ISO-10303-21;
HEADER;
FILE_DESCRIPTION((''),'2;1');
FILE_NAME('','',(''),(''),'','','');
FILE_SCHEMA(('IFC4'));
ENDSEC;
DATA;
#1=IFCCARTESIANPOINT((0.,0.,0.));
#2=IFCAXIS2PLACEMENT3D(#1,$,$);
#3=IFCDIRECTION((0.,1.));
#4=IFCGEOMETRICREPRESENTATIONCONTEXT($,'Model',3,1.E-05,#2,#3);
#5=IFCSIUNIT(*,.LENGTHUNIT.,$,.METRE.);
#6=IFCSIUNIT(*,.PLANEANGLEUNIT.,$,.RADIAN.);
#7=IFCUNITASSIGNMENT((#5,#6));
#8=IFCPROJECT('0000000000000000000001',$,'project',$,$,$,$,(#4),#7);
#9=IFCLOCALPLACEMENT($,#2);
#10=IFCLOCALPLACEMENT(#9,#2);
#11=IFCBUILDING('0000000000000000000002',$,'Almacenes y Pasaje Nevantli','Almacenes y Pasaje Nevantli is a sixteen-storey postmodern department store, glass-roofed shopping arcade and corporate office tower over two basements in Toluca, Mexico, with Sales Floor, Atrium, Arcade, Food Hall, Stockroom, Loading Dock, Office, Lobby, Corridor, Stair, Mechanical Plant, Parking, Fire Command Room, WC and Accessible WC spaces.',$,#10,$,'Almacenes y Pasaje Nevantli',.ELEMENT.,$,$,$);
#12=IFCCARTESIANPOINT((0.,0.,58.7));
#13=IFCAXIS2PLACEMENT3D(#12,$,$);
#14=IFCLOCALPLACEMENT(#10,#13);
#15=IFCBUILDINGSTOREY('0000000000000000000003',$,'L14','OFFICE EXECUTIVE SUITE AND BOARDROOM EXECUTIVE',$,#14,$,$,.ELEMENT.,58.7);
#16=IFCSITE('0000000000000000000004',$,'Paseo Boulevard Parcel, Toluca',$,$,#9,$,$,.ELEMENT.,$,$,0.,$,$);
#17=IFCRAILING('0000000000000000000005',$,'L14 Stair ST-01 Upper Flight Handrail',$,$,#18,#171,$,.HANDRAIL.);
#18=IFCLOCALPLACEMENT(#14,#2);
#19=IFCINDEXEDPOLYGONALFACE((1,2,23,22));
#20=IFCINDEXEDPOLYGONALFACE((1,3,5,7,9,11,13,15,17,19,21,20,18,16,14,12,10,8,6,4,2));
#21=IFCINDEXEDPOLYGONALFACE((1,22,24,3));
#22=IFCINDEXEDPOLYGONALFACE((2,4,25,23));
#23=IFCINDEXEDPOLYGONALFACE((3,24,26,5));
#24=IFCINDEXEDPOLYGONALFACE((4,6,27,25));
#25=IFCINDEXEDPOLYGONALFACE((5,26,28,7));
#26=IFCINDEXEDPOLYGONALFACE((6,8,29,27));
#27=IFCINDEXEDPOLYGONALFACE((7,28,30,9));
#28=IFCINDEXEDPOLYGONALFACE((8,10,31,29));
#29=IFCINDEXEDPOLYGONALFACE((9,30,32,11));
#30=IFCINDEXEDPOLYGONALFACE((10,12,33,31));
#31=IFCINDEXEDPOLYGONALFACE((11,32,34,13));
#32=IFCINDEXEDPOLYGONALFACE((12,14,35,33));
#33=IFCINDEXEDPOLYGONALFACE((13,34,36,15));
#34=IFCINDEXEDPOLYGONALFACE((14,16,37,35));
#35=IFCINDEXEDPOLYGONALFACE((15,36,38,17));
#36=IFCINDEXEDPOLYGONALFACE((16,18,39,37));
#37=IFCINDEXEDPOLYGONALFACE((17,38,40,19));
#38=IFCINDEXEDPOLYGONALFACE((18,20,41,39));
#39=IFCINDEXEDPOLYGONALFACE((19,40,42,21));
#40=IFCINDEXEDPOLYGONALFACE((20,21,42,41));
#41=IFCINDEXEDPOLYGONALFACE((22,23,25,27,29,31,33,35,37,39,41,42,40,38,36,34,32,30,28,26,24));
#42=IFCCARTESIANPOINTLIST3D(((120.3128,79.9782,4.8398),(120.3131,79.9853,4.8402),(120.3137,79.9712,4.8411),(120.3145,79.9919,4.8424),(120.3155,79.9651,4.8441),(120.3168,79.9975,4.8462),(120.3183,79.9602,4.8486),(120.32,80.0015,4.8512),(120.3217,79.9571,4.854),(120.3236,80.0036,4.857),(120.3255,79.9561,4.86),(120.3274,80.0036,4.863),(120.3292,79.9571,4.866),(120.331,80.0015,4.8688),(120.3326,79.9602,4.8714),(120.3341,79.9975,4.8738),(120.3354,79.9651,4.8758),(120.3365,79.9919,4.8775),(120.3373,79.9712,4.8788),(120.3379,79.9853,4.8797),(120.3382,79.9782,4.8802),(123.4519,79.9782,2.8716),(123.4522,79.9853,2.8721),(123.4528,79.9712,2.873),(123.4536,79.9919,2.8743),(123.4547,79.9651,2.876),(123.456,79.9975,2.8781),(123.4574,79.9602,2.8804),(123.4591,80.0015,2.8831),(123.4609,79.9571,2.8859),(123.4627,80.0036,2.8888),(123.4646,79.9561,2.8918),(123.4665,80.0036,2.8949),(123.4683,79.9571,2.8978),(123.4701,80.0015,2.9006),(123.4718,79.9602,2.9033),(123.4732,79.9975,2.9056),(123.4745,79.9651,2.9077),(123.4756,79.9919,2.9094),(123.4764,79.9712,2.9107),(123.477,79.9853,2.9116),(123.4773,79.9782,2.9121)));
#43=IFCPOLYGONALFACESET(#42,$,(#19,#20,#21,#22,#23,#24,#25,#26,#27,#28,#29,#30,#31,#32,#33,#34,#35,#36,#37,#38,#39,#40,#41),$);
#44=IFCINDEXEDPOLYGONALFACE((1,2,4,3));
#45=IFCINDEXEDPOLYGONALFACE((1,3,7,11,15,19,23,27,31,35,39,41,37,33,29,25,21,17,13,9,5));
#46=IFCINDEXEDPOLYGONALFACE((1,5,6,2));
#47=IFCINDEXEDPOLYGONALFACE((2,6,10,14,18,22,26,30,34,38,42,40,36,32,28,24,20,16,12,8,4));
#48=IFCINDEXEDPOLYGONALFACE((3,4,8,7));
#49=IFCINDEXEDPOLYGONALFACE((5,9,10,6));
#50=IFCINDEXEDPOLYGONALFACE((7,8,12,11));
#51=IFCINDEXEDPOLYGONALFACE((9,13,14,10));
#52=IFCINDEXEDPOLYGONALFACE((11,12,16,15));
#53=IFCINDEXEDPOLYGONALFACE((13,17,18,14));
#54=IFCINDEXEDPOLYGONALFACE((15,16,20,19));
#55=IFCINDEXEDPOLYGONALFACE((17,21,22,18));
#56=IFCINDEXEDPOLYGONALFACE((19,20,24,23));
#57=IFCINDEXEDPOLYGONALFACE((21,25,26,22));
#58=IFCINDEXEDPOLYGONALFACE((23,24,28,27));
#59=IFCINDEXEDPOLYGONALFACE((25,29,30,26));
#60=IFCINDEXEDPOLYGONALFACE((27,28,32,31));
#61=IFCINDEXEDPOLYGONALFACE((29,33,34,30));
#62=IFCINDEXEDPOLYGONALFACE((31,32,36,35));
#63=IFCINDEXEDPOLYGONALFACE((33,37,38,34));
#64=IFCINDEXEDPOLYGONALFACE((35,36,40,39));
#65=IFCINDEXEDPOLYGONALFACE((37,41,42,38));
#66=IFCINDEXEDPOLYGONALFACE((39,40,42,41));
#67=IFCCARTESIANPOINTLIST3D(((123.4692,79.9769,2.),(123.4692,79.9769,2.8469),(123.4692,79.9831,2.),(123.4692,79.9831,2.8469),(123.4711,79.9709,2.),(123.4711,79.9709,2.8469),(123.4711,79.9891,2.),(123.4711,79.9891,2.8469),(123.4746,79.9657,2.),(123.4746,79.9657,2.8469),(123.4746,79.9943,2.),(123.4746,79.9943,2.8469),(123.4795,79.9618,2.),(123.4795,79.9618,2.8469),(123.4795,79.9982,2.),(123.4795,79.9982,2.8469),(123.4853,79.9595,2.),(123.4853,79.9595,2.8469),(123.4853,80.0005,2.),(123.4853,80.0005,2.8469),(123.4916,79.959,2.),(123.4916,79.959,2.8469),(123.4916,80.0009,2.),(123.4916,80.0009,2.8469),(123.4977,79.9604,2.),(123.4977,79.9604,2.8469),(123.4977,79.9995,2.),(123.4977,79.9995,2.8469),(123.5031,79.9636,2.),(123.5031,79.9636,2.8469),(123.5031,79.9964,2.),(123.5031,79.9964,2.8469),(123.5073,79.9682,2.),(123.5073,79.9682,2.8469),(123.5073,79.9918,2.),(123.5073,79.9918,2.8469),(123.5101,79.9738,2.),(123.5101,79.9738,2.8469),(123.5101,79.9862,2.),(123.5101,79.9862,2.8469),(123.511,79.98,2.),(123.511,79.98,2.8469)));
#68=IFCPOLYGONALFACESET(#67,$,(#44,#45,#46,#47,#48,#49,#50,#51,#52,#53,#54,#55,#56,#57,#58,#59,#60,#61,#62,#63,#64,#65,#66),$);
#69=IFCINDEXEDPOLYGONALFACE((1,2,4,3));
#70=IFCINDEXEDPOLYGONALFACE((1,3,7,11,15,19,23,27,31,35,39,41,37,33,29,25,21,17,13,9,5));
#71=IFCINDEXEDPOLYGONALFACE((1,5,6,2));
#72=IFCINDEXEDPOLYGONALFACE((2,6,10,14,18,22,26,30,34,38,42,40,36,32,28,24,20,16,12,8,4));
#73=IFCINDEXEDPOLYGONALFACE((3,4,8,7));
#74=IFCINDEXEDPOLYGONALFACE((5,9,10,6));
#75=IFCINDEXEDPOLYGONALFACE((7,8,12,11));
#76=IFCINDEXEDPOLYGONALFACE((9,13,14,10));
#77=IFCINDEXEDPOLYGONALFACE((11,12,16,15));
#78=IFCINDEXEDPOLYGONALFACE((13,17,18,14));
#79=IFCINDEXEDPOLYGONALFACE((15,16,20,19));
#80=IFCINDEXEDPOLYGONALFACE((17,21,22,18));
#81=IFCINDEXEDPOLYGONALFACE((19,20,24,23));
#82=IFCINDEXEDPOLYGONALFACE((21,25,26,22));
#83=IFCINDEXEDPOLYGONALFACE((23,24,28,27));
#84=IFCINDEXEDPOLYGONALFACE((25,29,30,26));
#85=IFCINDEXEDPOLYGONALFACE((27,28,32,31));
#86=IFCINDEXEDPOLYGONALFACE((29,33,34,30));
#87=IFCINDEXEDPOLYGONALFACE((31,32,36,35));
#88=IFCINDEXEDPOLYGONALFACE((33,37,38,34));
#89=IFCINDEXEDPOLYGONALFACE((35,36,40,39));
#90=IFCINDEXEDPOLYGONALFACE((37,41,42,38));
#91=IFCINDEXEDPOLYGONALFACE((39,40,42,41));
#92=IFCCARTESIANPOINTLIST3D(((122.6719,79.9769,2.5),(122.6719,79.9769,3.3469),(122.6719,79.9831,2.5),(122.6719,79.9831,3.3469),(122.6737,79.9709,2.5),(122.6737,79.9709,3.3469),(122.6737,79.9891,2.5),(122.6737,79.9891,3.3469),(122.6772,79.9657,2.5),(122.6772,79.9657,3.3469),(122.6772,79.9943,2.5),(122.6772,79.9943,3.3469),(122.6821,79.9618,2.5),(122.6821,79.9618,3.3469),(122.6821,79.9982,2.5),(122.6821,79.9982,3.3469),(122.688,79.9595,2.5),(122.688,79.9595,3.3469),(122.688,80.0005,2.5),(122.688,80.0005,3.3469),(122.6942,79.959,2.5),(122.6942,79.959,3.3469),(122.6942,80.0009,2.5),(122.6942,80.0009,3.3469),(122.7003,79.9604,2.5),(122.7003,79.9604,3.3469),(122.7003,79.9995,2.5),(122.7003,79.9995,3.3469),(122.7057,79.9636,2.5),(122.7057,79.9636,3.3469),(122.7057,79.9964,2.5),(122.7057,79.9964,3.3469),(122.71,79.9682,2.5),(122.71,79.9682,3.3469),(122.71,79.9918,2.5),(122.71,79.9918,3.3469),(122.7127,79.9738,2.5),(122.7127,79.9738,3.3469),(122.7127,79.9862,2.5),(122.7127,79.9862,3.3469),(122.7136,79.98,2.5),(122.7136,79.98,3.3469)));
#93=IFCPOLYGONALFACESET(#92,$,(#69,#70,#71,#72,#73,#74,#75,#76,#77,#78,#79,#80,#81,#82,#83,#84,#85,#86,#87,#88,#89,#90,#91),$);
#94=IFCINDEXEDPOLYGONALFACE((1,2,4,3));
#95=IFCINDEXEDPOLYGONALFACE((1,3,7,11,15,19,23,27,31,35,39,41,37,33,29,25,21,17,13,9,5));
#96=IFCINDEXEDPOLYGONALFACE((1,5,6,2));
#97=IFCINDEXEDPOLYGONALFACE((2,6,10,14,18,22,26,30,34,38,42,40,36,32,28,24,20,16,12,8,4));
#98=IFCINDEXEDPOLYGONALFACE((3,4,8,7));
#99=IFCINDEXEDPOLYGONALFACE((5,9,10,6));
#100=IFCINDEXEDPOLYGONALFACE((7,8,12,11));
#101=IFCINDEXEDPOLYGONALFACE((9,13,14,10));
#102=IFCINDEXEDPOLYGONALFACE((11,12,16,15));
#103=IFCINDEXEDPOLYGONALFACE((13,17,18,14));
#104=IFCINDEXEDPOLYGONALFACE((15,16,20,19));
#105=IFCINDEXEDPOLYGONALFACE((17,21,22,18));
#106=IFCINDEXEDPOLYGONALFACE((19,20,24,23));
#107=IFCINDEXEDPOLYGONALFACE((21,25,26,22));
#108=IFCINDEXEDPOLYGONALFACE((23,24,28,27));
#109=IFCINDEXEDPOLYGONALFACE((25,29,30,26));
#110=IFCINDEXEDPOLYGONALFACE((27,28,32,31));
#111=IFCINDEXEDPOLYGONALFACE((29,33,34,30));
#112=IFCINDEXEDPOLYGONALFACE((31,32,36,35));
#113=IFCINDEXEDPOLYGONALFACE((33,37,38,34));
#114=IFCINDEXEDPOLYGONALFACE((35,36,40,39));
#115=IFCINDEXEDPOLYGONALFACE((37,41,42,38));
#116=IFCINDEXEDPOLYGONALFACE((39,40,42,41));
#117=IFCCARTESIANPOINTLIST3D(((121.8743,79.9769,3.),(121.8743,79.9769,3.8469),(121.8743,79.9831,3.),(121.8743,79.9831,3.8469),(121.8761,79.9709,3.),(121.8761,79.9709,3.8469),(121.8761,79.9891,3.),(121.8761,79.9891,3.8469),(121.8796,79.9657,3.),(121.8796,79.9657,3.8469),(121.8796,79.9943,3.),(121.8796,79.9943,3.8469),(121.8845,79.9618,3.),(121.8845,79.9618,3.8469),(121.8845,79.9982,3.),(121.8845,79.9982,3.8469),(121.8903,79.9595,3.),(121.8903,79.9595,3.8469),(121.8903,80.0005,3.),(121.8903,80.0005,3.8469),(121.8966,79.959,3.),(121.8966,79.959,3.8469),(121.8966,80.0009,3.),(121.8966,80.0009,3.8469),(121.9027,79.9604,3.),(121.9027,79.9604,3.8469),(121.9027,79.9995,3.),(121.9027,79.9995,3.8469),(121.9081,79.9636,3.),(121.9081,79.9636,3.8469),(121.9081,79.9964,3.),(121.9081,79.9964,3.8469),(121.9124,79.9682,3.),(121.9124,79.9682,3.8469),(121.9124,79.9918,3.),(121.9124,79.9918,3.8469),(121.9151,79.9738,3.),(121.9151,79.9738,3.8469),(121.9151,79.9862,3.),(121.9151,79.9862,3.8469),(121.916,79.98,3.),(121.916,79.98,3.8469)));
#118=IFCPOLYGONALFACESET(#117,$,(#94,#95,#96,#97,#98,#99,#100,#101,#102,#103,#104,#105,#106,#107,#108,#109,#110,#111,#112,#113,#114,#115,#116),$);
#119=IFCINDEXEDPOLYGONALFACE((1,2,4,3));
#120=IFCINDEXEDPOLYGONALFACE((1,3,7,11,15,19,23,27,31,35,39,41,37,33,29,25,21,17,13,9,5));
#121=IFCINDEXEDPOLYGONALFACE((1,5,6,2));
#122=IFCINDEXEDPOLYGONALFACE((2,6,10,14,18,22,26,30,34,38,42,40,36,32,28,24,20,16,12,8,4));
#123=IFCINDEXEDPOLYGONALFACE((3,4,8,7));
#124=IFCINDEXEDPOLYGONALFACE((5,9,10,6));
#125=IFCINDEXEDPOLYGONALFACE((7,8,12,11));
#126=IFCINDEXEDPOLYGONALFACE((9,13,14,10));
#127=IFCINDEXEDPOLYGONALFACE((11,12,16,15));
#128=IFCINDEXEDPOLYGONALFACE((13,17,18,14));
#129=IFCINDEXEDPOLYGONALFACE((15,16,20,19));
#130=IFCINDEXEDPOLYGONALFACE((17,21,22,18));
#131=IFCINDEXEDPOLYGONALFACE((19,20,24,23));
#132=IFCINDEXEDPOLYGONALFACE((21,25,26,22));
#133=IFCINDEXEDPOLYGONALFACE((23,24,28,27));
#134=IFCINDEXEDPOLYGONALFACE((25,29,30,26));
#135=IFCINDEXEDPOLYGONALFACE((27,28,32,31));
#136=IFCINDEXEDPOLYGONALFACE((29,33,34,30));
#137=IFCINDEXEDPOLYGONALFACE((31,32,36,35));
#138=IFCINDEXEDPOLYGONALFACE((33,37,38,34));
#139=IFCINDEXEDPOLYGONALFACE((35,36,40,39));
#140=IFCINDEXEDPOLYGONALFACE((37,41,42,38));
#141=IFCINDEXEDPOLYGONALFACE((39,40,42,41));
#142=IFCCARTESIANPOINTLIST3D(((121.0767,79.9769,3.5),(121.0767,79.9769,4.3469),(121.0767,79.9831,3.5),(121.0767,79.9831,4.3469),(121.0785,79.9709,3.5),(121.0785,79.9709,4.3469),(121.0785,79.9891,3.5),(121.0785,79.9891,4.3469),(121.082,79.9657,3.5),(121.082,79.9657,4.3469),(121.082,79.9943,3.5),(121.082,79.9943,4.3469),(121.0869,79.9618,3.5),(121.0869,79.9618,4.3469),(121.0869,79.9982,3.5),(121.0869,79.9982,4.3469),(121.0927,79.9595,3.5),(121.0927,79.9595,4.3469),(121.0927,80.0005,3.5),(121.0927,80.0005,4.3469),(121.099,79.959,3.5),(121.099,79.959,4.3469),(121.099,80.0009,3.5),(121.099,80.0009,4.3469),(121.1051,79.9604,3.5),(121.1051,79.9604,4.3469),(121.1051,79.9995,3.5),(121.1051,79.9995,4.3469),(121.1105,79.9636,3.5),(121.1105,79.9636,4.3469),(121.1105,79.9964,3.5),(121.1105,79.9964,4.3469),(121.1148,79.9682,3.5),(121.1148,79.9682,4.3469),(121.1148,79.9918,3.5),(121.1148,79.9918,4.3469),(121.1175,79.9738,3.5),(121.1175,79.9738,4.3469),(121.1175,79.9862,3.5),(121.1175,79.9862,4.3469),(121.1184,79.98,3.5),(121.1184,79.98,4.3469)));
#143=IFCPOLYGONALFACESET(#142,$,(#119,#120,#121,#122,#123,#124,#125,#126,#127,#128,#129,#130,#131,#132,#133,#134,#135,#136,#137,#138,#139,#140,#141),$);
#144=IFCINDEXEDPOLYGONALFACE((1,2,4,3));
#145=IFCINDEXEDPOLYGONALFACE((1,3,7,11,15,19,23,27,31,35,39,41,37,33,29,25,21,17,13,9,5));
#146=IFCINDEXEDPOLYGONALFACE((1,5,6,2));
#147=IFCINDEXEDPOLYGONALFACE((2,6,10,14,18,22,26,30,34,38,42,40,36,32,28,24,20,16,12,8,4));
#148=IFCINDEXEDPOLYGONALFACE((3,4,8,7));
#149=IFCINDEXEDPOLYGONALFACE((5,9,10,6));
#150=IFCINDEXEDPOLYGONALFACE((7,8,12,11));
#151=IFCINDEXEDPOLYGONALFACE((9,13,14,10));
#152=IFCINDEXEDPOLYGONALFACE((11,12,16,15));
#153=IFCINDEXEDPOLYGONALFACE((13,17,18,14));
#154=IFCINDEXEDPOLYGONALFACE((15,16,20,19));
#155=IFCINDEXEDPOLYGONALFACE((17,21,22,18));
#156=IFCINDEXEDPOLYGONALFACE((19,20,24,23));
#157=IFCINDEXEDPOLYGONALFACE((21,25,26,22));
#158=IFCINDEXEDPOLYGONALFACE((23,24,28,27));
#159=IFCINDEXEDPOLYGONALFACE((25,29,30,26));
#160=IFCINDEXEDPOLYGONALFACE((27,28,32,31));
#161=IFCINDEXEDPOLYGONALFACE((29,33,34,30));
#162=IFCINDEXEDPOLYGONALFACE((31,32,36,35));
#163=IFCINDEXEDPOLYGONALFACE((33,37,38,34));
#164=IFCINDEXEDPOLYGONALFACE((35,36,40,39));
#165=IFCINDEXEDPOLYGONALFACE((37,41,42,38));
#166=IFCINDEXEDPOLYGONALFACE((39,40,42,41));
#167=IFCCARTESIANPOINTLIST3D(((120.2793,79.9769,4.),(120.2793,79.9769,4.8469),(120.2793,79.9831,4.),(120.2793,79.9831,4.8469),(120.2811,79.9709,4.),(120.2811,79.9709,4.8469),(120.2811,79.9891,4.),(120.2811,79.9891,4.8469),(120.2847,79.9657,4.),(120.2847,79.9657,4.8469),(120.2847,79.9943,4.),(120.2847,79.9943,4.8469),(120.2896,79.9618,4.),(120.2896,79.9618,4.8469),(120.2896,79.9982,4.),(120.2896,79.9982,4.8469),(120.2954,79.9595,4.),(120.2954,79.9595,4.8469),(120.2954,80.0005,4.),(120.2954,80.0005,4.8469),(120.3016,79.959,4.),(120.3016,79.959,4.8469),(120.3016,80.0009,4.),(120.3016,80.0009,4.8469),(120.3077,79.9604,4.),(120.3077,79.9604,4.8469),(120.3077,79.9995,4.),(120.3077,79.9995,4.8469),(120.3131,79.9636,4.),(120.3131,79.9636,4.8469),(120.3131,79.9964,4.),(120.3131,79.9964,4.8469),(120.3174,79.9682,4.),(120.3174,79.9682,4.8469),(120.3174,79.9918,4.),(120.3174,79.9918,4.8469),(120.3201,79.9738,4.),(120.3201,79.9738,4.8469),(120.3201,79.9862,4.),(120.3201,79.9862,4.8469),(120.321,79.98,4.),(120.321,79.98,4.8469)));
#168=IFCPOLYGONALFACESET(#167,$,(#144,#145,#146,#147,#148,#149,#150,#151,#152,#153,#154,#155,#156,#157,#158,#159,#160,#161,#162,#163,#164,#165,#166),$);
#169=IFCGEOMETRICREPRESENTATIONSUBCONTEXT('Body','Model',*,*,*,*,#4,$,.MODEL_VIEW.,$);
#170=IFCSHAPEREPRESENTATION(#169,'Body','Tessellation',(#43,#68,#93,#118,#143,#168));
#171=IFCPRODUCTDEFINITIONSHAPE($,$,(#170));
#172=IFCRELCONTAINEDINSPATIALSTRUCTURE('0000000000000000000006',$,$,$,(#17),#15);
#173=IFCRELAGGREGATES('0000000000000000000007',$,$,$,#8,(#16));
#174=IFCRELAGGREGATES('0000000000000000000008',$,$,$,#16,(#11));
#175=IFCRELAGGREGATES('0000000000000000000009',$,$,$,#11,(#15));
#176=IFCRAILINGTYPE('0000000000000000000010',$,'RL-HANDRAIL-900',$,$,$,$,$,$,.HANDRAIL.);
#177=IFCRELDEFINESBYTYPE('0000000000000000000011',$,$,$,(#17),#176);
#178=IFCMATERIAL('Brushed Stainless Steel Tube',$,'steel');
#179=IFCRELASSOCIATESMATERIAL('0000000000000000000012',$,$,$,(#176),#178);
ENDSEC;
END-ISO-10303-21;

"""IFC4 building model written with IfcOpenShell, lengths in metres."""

from ifc_helpers import new_model, si_unit, direction, frame, origin, origin_2d, place, context, subcontext, project, spatial, circle, extrude, material, type_object, element, save


model = new_model("IFC4")

# Units and contexts
model_context = context("Model", 3, precision=1e-05, world=origin(), true_north=direction((0.0, 1.0)))
body_context = subcontext(model_context, "Body", "Model", "MODEL_VIEW")
ifc_project = project(units=[si_unit("LENGTHUNIT", "METRE"), si_unit("PLANEANGLEUNIT", "RADIAN")], contexts=[model_context])

# Site, building, storey
site_placement = place(None, origin())
site = spatial("IfcSite", under=ifc_project, at=site_placement, Name="Paseo Boulevard Parcel, Toluca", CompositionType="ELEMENT", RefElevation=0.0)
building_placement = place(site_placement, origin())
building = spatial("IfcBuilding", under=site, at=building_placement, Name="Almacenes y Pasaje Nevantli", Description="Almacenes y Pasaje Nevantli is a sixteen-storey postmodern department store, glass-roofed shopping arcade and corporate office tower over two basements in Toluca, Mexico, with Sales Floor, Atrium, Arcade, Food Hall, Stockroom, Loading Dock, Office, Lobby, Corridor, Stair, Mechanical Plant, Parking, Fire Command Room, WC and Accessible WC spaces.", LongName="Almacenes y Pasaje Nevantli", CompositionType="ELEMENT")
storey_placement = place(building_placement, frame((0.0, 0.0, 58.7)))
storey = spatial("IfcBuildingStorey", under=building, at=storey_placement, Name="L14", Description="OFFICE EXECUTIVE SUITE AND BOARDROOM EXECUTIVE", CompositionType="ELEMENT", Elevation=58.7)

# Railing
ifc_material_1 = material(Name="Brushed Stainless Steel Tube", Category="steel")
railing_type_1 = type_object("IfcRailingType", Name="RL-HANDRAIL-900", PredefinedType="HANDRAIL", material=ifc_material_1)
railing_1_placement = place(storey_placement, frame((123.49, 79.98, 2.0)))
element("IfcRailing", 1, at=railing_1_placement, inside=storey, type_object=railing_type_1, Name="L14 Stair ST-01 Upper Flight Handrail", PredefinedType="HANDRAIL", context=body_context, shape_type="SweptSolid", body=[
    extrude(circle(Radius=0.0239, at=origin_2d()), frame((-0.0254, 0.0, 0.8918), z_axis=(-0.847247, 0.0, 0.531199), x_axis=(0.0, -1.0, 0.0)), (0.0, 0.0, 1.0), 3.7051),
    extrude(circle(Radius=0.021, at=origin_2d()), origin(), (0.0, 0.0, 1.0), 0.8469),
    extrude(circle(Radius=0.021, at=origin_2d()), frame((-0.7974, 0.0, 0.5)), (0.0, 0.0, 1.0), 0.8469),
    extrude(circle(Radius=0.021, at=origin_2d()), frame((-1.595, 0.0, 1.0)), (0.0, 0.0, 1.0), 0.8469),
    extrude(circle(Radius=0.021, at=origin_2d()), frame((-2.3926, 0.0, 1.5)), (0.0, 0.0, 1.0), 0.8469),
    extrude(circle(Radius=0.021, at=origin_2d()), frame((-3.1899, 0.0, 2.0)), (0.0, 0.0, 1.0), 0.8469),
])

save(model, "model.ifc")
